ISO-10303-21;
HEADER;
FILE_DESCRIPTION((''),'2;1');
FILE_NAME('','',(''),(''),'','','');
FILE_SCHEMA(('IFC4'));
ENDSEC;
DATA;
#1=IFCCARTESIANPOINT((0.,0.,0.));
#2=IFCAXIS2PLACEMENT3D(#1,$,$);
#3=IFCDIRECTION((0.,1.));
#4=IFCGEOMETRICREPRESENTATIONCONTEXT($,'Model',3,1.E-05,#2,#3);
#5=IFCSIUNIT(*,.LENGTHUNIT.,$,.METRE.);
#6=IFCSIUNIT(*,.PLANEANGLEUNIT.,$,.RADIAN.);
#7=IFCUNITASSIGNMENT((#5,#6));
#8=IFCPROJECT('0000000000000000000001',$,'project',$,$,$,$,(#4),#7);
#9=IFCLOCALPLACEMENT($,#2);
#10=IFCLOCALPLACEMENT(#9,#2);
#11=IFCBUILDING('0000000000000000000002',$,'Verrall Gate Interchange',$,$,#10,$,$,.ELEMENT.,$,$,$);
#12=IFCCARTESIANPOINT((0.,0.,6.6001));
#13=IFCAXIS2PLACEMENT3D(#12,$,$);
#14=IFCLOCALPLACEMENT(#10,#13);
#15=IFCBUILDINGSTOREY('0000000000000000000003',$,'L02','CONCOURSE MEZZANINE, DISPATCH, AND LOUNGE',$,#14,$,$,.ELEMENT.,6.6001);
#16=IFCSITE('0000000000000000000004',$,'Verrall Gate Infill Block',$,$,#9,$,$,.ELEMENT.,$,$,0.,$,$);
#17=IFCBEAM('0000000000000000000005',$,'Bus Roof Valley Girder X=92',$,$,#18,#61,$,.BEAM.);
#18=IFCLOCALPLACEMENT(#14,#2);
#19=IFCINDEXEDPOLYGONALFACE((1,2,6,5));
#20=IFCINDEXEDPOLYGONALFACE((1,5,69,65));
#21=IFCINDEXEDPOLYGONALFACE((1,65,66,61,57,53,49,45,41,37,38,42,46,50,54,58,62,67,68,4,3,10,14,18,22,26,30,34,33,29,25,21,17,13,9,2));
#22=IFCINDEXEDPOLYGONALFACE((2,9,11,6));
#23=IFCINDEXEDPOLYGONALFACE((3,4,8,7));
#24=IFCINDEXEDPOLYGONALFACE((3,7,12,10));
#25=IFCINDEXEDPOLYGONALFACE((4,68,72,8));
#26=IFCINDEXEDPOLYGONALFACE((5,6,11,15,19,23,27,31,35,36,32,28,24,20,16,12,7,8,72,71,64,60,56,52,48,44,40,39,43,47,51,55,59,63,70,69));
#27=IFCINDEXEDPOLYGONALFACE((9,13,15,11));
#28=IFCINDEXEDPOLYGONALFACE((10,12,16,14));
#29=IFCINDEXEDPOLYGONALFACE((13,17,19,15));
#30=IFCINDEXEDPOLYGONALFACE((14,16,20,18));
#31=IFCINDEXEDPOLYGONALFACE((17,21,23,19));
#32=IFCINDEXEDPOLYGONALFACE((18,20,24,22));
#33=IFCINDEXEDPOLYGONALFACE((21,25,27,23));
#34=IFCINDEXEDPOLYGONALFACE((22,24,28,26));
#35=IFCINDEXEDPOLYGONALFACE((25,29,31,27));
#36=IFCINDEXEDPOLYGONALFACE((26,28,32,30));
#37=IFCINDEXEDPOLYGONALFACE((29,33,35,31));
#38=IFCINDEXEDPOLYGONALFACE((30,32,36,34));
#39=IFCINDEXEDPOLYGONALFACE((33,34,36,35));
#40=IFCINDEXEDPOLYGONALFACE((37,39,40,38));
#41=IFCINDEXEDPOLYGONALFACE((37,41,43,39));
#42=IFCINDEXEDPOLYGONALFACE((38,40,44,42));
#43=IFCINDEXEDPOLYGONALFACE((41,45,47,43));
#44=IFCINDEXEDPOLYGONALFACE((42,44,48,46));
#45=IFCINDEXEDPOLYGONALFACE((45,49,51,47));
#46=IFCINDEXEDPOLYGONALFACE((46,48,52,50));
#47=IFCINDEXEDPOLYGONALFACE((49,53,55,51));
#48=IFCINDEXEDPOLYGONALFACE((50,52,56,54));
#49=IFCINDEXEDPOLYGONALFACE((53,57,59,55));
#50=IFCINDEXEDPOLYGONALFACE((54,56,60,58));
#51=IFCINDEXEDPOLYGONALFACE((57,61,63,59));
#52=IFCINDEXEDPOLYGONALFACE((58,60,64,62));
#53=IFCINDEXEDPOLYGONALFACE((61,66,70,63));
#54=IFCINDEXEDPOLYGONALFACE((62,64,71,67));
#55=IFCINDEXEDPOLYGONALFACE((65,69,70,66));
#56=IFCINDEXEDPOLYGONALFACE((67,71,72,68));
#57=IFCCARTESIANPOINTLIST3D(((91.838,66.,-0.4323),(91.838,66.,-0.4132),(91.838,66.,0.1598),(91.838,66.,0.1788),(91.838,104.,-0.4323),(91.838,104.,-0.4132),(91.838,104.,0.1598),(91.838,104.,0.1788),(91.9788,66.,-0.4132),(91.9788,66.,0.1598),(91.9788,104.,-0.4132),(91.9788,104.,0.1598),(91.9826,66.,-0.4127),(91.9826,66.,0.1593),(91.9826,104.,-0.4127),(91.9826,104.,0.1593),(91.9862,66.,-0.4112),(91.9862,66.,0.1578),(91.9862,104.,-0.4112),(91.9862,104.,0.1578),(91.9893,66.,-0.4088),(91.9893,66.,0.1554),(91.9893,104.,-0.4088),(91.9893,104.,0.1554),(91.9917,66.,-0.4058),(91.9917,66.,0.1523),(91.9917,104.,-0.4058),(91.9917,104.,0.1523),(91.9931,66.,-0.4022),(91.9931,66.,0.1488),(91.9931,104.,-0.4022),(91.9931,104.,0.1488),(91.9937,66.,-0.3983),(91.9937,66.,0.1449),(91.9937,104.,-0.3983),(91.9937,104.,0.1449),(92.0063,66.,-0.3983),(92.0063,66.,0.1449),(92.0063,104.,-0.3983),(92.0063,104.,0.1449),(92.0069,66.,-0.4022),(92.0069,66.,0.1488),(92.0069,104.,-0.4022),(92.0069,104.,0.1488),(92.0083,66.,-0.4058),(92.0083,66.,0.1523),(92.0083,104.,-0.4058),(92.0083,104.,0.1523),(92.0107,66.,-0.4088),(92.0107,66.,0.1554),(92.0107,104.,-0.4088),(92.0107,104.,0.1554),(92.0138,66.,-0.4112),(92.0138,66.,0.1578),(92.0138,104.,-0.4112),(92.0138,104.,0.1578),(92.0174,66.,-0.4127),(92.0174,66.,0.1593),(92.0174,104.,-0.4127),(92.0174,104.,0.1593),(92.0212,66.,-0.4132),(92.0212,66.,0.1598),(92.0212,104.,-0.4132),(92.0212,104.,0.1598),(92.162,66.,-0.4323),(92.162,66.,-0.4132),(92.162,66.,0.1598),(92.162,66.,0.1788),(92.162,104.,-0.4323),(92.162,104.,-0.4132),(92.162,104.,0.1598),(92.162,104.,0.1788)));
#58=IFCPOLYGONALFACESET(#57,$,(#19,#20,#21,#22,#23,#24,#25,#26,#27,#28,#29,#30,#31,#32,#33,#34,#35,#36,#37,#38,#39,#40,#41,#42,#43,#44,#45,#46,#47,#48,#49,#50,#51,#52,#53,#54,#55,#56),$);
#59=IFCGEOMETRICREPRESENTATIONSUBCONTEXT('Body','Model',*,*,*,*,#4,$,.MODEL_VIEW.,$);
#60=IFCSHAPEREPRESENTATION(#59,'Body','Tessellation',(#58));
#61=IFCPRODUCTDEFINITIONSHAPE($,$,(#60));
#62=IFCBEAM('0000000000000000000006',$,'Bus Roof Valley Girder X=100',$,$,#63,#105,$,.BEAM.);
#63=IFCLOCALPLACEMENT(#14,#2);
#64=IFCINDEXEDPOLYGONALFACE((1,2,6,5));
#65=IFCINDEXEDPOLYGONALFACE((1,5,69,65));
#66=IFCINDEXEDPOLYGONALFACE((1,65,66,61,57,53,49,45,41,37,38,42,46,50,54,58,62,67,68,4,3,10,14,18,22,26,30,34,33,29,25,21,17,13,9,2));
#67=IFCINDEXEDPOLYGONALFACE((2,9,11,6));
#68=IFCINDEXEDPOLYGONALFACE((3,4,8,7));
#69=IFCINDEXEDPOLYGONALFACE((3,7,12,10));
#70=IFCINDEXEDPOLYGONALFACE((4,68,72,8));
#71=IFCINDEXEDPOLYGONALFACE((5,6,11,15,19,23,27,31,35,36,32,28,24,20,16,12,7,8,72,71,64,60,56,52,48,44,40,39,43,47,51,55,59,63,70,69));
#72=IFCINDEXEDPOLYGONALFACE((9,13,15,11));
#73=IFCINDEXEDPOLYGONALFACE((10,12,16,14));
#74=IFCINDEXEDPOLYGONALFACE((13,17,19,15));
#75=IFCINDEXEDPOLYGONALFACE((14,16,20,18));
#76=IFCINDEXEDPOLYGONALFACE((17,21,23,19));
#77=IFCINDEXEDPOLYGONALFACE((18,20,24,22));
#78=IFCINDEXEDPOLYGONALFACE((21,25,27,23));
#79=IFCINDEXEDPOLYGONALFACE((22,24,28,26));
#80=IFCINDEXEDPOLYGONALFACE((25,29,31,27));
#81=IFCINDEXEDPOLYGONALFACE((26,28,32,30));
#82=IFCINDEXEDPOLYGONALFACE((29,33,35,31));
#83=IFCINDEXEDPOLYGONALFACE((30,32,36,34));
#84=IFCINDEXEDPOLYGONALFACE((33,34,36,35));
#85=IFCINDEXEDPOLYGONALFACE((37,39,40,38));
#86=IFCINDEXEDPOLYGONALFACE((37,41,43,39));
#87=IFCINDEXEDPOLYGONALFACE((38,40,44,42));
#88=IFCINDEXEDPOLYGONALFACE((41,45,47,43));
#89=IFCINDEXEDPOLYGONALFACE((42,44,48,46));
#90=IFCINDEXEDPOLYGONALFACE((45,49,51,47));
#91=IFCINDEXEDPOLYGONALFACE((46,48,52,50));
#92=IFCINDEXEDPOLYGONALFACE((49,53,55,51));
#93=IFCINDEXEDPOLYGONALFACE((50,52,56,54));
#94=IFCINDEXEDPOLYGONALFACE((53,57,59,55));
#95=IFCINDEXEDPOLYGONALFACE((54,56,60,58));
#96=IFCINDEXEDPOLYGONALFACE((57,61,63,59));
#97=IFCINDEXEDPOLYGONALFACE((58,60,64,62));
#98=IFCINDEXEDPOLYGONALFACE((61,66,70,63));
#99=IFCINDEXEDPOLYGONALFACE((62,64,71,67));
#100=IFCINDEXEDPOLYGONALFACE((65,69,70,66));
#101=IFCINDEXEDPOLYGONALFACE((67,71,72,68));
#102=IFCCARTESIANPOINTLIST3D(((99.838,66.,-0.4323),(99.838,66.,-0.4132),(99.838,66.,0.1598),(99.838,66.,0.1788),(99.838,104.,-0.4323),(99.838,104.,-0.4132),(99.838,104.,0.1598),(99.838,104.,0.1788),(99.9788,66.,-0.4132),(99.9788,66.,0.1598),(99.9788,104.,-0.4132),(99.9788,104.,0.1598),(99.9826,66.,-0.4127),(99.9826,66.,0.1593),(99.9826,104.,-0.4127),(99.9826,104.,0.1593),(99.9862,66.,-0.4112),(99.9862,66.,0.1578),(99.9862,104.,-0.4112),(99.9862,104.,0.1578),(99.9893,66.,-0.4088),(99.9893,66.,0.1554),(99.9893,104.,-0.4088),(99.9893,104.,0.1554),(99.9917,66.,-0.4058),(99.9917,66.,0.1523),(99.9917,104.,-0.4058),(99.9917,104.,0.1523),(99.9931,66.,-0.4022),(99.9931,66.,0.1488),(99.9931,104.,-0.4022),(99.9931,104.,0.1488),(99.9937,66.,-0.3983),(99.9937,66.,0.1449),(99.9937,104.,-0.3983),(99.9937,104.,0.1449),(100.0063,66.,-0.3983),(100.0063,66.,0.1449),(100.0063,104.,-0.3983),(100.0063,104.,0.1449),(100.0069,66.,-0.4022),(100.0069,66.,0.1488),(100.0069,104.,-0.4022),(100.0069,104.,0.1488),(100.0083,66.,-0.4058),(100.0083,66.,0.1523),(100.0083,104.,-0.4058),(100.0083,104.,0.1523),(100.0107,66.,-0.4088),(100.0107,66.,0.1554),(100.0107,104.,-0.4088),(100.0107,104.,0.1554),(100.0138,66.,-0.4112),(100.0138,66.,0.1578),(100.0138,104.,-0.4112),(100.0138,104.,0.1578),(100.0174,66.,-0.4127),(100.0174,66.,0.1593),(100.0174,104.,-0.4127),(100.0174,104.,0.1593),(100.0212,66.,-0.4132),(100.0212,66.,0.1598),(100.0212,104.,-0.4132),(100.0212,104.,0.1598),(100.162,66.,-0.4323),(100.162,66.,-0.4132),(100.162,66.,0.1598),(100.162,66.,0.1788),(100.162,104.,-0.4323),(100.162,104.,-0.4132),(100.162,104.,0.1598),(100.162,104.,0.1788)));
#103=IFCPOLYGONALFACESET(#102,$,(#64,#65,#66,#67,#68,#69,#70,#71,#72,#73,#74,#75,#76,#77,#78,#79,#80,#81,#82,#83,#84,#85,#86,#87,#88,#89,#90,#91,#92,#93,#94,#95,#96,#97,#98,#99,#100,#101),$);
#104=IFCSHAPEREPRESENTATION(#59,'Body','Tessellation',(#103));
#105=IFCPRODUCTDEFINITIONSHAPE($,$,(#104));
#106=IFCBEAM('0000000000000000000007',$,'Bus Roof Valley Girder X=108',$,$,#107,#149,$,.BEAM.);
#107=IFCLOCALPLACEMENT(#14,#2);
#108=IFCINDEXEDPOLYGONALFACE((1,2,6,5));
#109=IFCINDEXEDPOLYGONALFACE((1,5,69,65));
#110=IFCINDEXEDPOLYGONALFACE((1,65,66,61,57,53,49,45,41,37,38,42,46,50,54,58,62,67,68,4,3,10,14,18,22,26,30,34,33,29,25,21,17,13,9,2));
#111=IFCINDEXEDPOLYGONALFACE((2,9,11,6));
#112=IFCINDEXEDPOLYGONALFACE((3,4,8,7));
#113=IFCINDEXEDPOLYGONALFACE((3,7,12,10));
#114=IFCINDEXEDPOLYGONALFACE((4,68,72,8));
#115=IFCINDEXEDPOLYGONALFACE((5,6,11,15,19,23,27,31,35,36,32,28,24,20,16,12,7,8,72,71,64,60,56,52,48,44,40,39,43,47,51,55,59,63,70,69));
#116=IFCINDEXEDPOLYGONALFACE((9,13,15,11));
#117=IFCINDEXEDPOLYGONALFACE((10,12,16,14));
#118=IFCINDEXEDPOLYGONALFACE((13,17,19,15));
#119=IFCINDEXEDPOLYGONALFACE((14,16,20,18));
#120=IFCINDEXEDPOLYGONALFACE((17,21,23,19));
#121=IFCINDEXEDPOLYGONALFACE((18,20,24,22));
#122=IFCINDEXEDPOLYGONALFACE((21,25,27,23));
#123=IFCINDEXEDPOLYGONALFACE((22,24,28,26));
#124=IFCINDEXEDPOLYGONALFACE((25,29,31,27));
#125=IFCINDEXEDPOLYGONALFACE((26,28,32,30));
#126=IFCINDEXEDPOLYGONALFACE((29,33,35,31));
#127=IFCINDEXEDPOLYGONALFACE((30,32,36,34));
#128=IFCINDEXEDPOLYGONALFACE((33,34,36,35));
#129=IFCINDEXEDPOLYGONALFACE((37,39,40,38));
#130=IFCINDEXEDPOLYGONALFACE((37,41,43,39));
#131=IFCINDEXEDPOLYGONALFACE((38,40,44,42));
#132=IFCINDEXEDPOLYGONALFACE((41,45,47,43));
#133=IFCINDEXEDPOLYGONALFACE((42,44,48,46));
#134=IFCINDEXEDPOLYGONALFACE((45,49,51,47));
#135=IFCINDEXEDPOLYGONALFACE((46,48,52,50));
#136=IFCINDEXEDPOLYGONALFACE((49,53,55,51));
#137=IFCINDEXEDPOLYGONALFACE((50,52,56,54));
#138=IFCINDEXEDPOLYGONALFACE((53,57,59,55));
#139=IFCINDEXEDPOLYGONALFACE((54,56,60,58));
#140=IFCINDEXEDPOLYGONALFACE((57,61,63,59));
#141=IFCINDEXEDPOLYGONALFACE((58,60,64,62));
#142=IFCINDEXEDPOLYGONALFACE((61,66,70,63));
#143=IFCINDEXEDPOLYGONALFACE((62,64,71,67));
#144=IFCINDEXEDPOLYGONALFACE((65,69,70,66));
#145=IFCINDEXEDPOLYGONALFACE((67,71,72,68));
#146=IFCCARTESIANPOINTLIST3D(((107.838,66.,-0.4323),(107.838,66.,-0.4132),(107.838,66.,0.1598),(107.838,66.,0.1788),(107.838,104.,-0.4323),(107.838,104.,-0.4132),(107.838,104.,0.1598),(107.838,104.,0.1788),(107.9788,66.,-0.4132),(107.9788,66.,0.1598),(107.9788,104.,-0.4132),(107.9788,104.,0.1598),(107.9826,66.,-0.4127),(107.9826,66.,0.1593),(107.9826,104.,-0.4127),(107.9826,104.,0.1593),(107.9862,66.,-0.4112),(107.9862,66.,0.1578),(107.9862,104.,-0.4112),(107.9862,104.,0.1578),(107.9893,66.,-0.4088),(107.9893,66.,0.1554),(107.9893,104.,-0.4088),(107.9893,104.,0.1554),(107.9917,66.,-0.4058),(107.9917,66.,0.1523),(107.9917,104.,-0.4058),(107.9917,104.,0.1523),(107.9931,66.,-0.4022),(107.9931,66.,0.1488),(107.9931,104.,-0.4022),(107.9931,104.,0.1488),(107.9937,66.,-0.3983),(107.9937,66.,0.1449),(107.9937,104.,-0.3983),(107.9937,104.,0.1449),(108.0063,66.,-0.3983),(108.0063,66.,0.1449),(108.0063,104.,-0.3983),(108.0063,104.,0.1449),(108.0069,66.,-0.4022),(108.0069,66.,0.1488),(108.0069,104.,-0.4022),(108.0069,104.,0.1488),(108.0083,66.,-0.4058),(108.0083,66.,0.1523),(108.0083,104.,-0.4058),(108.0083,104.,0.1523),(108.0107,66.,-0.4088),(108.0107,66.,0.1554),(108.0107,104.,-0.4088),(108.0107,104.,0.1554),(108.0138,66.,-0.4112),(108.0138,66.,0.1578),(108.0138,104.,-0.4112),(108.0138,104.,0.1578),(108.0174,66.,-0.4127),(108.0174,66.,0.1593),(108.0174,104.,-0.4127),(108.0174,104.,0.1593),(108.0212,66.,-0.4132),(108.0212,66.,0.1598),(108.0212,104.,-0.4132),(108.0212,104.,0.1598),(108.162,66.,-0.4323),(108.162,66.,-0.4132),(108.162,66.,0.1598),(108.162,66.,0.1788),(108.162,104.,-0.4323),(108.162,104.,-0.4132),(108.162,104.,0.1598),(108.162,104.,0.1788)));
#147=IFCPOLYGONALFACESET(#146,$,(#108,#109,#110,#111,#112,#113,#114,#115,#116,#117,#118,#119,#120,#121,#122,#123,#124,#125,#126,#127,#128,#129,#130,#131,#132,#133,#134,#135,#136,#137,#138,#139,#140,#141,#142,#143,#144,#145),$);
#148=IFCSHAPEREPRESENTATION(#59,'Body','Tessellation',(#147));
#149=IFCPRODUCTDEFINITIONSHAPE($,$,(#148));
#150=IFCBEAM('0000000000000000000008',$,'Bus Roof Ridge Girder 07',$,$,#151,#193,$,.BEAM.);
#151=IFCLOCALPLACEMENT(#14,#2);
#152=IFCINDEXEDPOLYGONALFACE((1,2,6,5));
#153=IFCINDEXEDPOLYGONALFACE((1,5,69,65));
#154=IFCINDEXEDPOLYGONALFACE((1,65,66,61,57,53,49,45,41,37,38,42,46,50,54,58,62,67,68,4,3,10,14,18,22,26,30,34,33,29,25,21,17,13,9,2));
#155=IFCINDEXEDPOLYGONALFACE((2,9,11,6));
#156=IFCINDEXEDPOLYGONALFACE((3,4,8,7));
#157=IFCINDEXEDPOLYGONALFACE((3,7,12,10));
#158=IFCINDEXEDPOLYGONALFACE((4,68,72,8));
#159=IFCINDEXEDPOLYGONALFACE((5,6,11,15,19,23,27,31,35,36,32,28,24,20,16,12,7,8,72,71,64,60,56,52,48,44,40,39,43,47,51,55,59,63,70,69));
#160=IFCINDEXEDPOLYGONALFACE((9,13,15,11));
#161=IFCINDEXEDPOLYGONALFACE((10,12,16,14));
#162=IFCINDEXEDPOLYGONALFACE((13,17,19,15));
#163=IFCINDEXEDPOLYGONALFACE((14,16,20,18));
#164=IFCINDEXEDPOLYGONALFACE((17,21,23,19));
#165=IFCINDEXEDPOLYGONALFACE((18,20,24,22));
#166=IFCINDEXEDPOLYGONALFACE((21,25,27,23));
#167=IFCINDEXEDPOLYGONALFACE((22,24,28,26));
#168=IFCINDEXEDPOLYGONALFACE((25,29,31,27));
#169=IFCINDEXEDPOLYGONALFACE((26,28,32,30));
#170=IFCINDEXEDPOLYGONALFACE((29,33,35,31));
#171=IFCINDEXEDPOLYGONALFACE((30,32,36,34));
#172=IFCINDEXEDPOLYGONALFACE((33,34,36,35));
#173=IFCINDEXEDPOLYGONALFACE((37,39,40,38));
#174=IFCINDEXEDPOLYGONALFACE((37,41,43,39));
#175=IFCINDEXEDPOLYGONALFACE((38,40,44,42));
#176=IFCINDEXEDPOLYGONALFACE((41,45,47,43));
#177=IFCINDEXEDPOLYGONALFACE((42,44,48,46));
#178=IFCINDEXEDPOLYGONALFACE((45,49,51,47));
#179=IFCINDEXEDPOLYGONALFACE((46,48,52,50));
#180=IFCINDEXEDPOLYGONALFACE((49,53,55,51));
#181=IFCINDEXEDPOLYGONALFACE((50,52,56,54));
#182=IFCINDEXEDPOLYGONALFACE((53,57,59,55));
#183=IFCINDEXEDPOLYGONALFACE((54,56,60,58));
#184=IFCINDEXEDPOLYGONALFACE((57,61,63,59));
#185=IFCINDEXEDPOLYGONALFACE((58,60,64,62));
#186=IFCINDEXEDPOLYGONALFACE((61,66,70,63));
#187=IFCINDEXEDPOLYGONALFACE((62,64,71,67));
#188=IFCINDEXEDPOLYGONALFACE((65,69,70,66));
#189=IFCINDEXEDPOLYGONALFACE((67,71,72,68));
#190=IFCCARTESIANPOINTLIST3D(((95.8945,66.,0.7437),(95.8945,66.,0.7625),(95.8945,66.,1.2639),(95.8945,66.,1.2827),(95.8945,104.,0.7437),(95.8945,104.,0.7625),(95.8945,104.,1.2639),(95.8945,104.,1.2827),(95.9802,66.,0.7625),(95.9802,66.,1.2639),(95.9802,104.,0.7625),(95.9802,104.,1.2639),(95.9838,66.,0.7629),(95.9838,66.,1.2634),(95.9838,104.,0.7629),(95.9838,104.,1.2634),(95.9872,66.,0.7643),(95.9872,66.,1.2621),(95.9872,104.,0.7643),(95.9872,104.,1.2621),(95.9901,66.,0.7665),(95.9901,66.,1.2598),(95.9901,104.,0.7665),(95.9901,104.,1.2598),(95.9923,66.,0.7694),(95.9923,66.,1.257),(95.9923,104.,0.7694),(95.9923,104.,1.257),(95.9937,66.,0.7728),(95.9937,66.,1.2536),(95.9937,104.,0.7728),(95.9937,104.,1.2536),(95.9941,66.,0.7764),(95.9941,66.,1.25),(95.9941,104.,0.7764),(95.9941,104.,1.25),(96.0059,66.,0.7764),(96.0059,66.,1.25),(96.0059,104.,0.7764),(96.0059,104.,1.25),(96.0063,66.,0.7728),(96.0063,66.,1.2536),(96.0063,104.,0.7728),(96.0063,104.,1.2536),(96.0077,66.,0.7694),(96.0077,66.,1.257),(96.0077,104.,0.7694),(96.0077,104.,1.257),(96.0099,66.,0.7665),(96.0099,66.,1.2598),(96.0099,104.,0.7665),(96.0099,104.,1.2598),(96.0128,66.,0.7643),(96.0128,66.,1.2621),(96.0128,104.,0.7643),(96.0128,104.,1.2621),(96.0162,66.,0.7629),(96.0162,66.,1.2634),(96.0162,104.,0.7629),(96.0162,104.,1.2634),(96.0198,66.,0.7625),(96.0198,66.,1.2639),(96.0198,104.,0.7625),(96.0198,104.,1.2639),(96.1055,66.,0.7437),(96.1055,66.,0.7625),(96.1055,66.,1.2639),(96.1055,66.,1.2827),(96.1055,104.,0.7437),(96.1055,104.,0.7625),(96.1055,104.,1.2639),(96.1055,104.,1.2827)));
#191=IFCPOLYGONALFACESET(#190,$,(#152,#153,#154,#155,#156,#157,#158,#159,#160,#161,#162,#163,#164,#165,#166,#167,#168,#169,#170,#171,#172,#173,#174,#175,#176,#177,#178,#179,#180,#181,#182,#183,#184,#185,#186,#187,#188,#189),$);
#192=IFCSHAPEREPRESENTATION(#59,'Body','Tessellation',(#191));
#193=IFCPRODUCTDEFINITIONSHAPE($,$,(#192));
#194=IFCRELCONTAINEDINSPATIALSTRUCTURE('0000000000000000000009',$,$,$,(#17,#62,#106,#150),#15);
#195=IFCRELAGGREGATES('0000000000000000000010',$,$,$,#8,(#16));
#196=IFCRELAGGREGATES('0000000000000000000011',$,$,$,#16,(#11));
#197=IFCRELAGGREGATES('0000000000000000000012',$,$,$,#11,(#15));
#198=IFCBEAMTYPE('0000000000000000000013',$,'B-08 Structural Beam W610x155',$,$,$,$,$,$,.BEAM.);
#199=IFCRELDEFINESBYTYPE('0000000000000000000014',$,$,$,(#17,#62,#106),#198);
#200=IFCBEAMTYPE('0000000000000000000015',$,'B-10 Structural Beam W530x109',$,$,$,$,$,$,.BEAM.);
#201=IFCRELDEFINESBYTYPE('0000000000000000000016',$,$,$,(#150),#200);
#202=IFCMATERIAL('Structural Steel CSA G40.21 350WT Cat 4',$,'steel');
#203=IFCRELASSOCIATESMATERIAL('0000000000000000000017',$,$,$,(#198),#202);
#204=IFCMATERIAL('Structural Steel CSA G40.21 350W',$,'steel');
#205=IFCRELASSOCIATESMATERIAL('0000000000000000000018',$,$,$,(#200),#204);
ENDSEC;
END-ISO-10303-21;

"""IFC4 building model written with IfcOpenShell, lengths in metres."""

from ifc_helpers import new_model, si_unit, direction, frame, origin, origin_2d, place, context, subcontext, project, spatial, i_section, extrude, material, material_profile, profile_set, type_object, element, save


model = new_model("IFC4")

# Units and contexts
model_context = context("Model", 3, precision=1e-05, world=origin(), true_north=direction((0.0, 1.0)))
body_context = subcontext(model_context, "Body", "Model", "MODEL_VIEW")
ifc_project = project(units=[si_unit("LENGTHUNIT", "METRE"), si_unit("PLANEANGLEUNIT", "RADIAN")], contexts=[model_context])

# Site, building, storey
site_placement = place(None, origin())
site = spatial("IfcSite", under=ifc_project, at=site_placement, Name="Verrall Gate Infill Block", CompositionType="ELEMENT", RefElevation=0.0)
building_placement = place(site_placement, origin())
building = spatial("IfcBuilding", under=site, at=building_placement, Name="Verrall Gate Interchange", CompositionType="ELEMENT")
storey_placement = place(building_placement, frame((0.0, 0.0, 6.6001)))
storey = spatial("IfcBuildingStorey", under=building, at=storey_placement, Name="L02", Description="CONCOURSE MEZZANINE, DISPATCH, AND LOUNGE", CompositionType="ELEMENT", Elevation=6.6001)

# Beams
ifc_material_1 = material(Name="Structural Steel CSA G40.21 350WT Cat 4", Category="steel")
ifc_material_profile_1 = material_profile(ifc_material_1, i_section(OverallWidth=0.324, OverallDepth=0.6111, WebThickness=0.0127, FlangeThickness=0.019, FilletRadius=0.0149, at=origin_2d()), Name="W610x155")
ifc_profile_set_1 = profile_set([ifc_material_profile_1], Name="Structural Steel CSA G40.21 350WT Cat 4")
beam_type_1 = type_object("IfcBeamType", Name="B-08 Structural Beam W610x155", PredefinedType="BEAM", material=ifc_profile_set_1)
for number, where, z_axis, x_axis, name in (
    (1, (92.0, 66.0, -0.1267), (0.0, 1.0, 0.0), (-1.0, 0.0, 0.0), "Bus Roof Valley Girder X=92"),
    (2, (100.0, 66.0, -0.1267), (0.0, 1.0, 0.0), (-1.0, 0.0, 0.0), "Bus Roof Valley Girder X=100"),
    (3, (108.0, 66.0, -0.1267), (0.0, 1.0, 0.0), (-1.0, 0.0, 0.0), "Bus Roof Valley Girder X=108"),
):
    element("IfcBeam", number, at=place(storey_placement, frame(where, z_axis=z_axis, x_axis=x_axis)), inside=storey, type_object=beam_type_1, Name=name, PredefinedType="BEAM", context=body_context, shape_type="SweptSolid", body=[
        extrude(i_section(OverallWidth=0.324, OverallDepth=0.6111, WebThickness=0.0127, FlangeThickness=0.019, FilletRadius=0.0149, at=origin_2d()), origin(), (0.0, 0.0, 1.0), 38.0),
    ])
ifc_material_2 = material(Name="Structural Steel CSA G40.21 350W", Category="steel")
ifc_material_profile_2 = material_profile(ifc_material_2, i_section(OverallWidth=0.2109, OverallDepth=0.5391, WebThickness=0.0117, FlangeThickness=0.0188, FilletRadius=0.0139, at=origin_2d()), Name="W530x109")
ifc_profile_set_2 = profile_set([ifc_material_profile_2], Name="Structural Steel CSA G40.21 350W")
beam_type_2 = type_object("IfcBeamType", Name="B-10 Structural Beam W530x109", PredefinedType="BEAM", material=ifc_profile_set_2)
for number, where, z_axis, x_axis, name in (
    (4, (96.0, 66.0, 1.0132), (0.0, 1.0, 0.0), (-1.0, 0.0, 0.0), "Bus Roof Ridge Girder 07"),
):
    element("IfcBeam", number, at=place(storey_placement, frame(where, z_axis=z_axis, x_axis=x_axis)), inside=storey, type_object=beam_type_2, Name=name, PredefinedType="BEAM", context=body_context, shape_type="SweptSolid", body=[
        extrude(i_section(OverallWidth=0.2109, OverallDepth=0.5391, WebThickness=0.0117, FlangeThickness=0.0188, FilletRadius=0.0139, at=origin_2d()), origin(), (0.0, 0.0, 1.0), 38.0),
    ])

save(model, "model.ifc")
